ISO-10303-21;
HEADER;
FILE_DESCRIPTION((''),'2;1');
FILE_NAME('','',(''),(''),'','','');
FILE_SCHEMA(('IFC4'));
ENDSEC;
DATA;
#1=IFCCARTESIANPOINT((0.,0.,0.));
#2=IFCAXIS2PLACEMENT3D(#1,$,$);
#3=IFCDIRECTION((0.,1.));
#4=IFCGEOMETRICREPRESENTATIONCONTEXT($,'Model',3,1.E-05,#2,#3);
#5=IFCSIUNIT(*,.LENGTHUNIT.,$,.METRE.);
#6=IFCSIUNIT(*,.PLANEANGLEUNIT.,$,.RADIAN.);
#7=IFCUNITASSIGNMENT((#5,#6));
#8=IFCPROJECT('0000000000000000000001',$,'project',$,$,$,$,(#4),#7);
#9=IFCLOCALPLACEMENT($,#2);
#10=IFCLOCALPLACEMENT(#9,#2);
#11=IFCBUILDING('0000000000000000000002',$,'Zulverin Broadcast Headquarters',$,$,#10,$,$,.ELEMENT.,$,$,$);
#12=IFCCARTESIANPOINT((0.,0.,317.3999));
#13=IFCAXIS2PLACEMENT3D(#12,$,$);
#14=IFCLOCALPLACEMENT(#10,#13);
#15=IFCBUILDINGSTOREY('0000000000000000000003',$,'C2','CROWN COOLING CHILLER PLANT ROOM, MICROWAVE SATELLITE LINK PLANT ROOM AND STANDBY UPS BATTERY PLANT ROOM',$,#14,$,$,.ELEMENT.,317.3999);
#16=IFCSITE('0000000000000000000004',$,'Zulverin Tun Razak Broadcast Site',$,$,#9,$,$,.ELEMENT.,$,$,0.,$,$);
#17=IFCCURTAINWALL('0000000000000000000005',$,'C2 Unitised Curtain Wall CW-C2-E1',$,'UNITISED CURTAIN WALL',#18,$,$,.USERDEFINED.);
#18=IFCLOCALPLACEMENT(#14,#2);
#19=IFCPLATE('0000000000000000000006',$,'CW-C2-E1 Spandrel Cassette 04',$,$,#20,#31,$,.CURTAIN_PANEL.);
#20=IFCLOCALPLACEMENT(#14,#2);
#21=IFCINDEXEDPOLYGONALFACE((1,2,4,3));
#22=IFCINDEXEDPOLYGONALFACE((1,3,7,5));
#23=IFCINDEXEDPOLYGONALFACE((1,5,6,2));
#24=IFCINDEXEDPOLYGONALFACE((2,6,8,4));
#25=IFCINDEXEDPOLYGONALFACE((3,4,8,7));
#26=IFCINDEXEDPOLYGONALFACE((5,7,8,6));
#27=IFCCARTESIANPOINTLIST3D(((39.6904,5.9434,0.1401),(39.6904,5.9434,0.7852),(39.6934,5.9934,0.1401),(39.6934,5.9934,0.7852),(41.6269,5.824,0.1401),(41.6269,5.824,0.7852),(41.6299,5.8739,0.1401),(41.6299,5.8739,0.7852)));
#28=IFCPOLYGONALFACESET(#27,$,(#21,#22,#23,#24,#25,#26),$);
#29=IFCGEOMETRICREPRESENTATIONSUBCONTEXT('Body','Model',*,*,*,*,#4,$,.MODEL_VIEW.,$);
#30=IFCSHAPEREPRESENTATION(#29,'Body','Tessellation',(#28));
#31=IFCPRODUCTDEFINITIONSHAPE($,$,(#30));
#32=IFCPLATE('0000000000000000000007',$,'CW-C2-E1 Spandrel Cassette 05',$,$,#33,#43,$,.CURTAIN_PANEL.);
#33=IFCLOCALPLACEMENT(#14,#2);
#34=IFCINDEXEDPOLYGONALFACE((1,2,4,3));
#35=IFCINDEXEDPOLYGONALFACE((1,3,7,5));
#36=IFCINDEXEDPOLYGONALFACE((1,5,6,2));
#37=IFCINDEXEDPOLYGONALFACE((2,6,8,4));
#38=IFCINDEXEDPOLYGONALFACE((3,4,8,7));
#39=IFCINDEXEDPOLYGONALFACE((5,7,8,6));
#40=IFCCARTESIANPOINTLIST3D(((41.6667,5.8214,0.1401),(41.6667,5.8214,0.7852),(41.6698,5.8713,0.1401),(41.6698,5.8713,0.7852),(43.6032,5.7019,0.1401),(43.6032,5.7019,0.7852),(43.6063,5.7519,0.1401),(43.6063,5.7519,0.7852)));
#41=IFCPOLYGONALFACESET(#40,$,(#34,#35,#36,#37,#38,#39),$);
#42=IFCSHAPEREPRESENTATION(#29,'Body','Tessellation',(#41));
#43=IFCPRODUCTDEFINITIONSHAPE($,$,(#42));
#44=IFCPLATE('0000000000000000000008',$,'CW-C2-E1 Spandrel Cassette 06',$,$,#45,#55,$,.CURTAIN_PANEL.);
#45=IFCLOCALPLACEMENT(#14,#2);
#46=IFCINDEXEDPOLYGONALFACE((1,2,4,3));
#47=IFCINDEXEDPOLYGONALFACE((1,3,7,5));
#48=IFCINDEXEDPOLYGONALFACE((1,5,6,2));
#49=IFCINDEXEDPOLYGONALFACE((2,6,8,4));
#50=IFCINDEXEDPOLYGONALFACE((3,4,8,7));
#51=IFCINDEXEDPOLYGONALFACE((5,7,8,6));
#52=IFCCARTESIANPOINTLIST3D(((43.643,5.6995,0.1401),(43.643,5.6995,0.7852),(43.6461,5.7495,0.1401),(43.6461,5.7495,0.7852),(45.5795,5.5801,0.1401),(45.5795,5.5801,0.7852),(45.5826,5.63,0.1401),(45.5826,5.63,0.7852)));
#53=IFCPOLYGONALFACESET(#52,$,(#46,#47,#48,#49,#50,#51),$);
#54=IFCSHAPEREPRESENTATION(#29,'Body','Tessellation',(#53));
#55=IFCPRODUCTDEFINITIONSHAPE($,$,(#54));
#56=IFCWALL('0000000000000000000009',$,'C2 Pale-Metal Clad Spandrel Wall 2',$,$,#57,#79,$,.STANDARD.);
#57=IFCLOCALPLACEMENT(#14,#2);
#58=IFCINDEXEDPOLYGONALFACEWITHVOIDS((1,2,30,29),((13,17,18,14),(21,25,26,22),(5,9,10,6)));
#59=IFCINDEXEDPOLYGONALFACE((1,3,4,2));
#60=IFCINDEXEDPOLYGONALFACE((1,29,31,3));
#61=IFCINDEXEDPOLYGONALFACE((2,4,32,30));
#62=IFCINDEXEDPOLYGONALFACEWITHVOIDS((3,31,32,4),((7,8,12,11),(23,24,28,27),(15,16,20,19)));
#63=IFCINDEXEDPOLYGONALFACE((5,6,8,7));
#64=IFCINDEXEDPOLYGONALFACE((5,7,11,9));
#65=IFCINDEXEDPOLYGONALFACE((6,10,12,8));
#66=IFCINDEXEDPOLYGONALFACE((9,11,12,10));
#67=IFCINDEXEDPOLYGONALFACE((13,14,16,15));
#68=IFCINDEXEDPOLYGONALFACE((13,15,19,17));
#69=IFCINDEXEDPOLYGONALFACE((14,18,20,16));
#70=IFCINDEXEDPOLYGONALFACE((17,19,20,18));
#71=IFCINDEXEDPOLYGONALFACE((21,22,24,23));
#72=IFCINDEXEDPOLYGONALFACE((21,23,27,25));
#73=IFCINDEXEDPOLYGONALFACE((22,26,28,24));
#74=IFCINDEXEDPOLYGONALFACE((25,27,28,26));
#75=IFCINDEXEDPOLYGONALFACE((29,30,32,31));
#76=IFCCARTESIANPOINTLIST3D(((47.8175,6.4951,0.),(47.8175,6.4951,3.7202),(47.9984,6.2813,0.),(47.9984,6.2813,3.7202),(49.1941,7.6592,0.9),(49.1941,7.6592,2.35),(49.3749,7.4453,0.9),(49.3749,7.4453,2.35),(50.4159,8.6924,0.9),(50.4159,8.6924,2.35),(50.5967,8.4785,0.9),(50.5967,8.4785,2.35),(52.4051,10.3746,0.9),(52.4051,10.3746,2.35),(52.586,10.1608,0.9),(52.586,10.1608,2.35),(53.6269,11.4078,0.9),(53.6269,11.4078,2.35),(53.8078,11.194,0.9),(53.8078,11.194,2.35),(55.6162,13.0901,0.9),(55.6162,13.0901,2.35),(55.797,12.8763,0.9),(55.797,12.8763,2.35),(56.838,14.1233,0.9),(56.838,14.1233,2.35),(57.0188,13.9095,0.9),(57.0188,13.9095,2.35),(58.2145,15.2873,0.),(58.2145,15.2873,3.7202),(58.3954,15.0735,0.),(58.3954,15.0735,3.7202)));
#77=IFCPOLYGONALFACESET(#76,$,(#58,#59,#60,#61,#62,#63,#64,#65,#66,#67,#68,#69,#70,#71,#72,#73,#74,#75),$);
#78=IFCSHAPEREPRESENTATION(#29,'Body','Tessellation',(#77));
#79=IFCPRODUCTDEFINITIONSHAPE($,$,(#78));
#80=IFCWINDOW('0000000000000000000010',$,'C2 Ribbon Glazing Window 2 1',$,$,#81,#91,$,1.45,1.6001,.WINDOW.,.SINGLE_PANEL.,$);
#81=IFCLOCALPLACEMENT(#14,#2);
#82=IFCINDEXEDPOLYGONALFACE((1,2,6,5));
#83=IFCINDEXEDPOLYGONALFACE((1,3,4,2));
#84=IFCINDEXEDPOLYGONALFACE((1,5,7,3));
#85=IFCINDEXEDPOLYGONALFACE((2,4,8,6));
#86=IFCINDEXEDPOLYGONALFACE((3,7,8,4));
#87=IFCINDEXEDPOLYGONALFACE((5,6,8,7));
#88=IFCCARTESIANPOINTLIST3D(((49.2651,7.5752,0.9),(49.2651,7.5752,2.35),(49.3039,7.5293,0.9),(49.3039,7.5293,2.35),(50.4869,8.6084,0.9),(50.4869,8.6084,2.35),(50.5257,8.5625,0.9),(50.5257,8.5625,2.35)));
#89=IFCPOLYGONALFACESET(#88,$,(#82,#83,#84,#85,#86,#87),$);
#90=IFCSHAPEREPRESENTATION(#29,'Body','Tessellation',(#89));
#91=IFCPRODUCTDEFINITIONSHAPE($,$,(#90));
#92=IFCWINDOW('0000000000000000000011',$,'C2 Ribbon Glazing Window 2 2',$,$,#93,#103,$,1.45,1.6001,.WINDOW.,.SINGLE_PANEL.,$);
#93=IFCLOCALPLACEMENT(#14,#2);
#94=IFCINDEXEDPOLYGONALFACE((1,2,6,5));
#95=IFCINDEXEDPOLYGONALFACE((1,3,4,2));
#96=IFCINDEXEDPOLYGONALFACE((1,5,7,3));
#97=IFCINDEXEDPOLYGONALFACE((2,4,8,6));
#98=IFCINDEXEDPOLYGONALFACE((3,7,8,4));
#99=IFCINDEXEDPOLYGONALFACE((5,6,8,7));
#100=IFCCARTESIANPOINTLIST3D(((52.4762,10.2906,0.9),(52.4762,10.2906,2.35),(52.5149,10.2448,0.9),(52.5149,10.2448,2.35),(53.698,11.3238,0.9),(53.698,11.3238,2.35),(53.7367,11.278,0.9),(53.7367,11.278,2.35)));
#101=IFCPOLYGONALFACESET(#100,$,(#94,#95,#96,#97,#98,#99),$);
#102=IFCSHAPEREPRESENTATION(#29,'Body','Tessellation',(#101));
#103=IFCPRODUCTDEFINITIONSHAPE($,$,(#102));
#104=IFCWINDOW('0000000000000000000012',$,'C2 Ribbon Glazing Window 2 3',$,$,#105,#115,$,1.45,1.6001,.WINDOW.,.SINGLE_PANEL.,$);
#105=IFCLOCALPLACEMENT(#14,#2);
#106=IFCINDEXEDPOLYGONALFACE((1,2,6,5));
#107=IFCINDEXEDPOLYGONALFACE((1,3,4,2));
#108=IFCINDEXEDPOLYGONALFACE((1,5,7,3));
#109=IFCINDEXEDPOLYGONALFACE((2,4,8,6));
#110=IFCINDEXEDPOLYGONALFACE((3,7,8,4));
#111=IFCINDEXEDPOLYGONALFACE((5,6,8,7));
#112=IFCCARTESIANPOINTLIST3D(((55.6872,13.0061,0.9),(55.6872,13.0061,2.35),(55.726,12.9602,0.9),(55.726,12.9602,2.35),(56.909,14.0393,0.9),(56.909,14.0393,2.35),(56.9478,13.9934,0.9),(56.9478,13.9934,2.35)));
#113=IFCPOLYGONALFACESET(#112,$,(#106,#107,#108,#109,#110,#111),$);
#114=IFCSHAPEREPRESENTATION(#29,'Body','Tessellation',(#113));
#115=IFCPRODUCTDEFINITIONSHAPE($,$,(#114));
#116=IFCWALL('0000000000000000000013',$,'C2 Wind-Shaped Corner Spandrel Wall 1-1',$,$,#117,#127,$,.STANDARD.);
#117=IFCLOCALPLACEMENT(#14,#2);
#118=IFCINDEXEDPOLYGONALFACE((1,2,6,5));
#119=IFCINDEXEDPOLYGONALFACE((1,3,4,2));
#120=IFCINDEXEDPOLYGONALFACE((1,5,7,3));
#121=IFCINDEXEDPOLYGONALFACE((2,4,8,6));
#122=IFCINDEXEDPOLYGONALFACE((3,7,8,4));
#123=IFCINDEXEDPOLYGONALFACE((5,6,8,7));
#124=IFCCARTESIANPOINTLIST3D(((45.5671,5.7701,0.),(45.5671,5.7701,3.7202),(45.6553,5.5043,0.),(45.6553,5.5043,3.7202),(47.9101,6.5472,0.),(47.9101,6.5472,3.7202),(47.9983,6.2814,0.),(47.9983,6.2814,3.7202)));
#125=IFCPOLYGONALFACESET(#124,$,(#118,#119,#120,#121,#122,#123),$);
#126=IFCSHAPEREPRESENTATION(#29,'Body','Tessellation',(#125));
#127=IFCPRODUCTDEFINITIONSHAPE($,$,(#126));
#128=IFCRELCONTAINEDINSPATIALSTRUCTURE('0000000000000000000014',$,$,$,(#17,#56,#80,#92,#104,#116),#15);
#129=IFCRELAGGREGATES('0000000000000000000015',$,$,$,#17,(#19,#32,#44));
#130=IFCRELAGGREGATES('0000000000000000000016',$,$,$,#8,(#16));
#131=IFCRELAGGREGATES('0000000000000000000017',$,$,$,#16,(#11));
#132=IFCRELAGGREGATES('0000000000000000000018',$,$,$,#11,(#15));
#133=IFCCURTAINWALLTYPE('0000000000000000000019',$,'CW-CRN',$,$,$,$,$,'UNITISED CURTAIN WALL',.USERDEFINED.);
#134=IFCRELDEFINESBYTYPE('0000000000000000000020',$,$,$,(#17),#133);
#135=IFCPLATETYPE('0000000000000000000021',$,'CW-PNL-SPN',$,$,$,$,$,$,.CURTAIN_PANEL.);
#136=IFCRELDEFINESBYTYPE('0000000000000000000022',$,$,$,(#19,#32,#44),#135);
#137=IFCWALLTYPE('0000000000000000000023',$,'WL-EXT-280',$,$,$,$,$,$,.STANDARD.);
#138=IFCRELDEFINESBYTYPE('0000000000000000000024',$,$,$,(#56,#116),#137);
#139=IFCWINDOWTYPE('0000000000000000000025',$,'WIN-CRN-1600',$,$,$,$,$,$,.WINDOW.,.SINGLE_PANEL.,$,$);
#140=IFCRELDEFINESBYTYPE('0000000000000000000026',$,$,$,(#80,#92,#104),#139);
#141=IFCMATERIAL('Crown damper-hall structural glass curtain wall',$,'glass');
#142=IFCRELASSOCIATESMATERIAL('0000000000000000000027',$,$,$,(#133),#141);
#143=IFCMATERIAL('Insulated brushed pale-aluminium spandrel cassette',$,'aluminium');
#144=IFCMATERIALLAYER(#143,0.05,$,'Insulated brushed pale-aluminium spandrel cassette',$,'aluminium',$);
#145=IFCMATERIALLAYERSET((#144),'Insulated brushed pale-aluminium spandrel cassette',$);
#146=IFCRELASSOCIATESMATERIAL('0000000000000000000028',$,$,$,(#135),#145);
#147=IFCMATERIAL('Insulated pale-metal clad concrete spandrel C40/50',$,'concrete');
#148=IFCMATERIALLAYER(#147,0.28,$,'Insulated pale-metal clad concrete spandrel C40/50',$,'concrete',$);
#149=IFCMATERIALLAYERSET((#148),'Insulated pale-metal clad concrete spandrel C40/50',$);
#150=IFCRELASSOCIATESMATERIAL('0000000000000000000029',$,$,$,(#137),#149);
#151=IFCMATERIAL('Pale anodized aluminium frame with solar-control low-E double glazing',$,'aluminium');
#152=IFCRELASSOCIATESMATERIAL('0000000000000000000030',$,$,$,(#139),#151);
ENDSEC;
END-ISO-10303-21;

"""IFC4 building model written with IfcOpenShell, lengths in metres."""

from ifc_helpers import new_model, si_unit, direction, frame, frame_2d, origin, origin_2d, place, context, subcontext, project, spatial, rectangle, extrude, material, layer, layer_set, type_object, element, fill, aggregate, save


model = new_model("IFC4")

# Units and contexts
model_context = context("Model", 3, precision=1e-05, world=origin(), true_north=direction((0.0, 1.0)))
body_context = subcontext(model_context, "Body", "Model", "MODEL_VIEW")
ifc_project = project(units=[si_unit("LENGTHUNIT", "METRE"), si_unit("PLANEANGLEUNIT", "RADIAN")], contexts=[model_context])

# Site, building, storey
site_placement = place(None, origin())
site = spatial("IfcSite", under=ifc_project, at=site_placement, Name="Zulverin Tun Razak Broadcast Site", CompositionType="ELEMENT", RefElevation=0.0)
building_placement = place(site_placement, origin())
building = spatial("IfcBuilding", under=site, at=building_placement, Name="Zulverin Broadcast Headquarters", CompositionType="ELEMENT")
storey_placement = place(building_placement, frame((0.0, 0.0, 317.3999)))
storey = spatial("IfcBuildingStorey", under=building, at=storey_placement, Name="C2", Description="CROWN COOLING CHILLER PLANT ROOM, MICROWAVE SATELLITE LINK PLANT ROOM AND STANDBY UPS BATTERY PLANT ROOM", CompositionType="ELEMENT", Elevation=317.3999)

# Curtain wall, plates
ifc_material_1 = material(Name="Crown damper-hall structural glass curtain wall", Category="glass")
curtain_wall_type = type_object("IfcCurtainWallType", Name="CW-CRN", ElementType="UNITISED CURTAIN WALL", PredefinedType="USERDEFINED", material=ifc_material_1)
curtain_wall_placement = place(storey_placement, origin())
curtain_wall = element("IfcCurtainWall", 1, at=curtain_wall_placement, inside=storey, type_object=curtain_wall_type, Name="C2 Unitised Curtain Wall CW-C2-E1", ObjectType="UNITISED CURTAIN WALL", PredefinedType="USERDEFINED")
ifc_material_2 = material(Name="Insulated brushed pale-aluminium spandrel cassette", Category="aluminium")
ifc_layer_1 = layer(ifc_material_2, 0.05, Name="Insulated brushed pale-aluminium spandrel cassette", Category="aluminium")
ifc_layer_set_1 = layer_set([ifc_layer_1], Name="Insulated brushed pale-aluminium spandrel cassette")
plate_type_1 = type_object("IfcPlateType", Name="CW-PNL-SPN", PredefinedType="CURTAIN_PANEL", material=ifc_layer_set_1)
plate_1_placement = place(storey_placement, frame((40.6602, 5.9087, 0.1401), z_axis=(0.0, 0.0, 1.0), x_axis=(0.998103, -0.061571, 0.0)))
plate_1 = element("IfcPlate", 2, at=plate_1_placement, type_object=plate_type_1, Name="CW-C2-E1 Spandrel Cassette 04", PredefinedType="CURTAIN_PANEL", context=body_context, shape_type="SweptSolid", body=[
    extrude(rectangle(XDim=1.9402, YDim=0.05, at=origin_2d()), origin(), (0.0, 0.0, 1.0), 0.645),
])
plate_2_placement = place(storey_placement, frame((42.6365, 5.7866, 0.1401), z_axis=(0.0, 0.0, 1.0), x_axis=(0.998103, -0.061571, 0.0)))
plate_2 = element("IfcPlate", 3, at=plate_2_placement, type_object=plate_type_1, Name="CW-C2-E1 Spandrel Cassette 05", PredefinedType="CURTAIN_PANEL", context=body_context, shape_type="SweptSolid", body=[
    extrude(rectangle(XDim=1.9402, YDim=0.05, at=origin_2d()), origin(), (0.0, 0.0, 1.0), 0.645),
])
plate_3_placement = place(storey_placement, frame((44.6128, 5.6648, 0.1401), z_axis=(0.0, 0.0, 1.0), x_axis=(0.998103, -0.061571, 0.0)))
plate_3 = element("IfcPlate", 4, at=plate_3_placement, type_object=plate_type_1, Name="CW-C2-E1 Spandrel Cassette 06", PredefinedType="CURTAIN_PANEL", context=body_context, shape_type="SweptSolid", body=[
    extrude(rectangle(XDim=1.9402, YDim=0.05, at=origin_2d()), origin(), (0.0, 0.0, 1.0), 0.645),
])
aggregate(curtain_wall, [plate_1, plate_2, plate_3])

# Wall, openings, windows
ifc_material_3 = material(Name="Insulated pale-metal clad concrete spandrel C40/50", Category="concrete")
ifc_layer_2 = layer(ifc_material_3, 0.28, Name="Insulated pale-metal clad concrete spandrel C40/50", Category="concrete")
ifc_layer_set_2 = layer_set([ifc_layer_2], Name="Insulated pale-metal clad concrete spandrel C40/50")
wall_type = type_object("IfcWallType", Name="WL-EXT-280", PredefinedType="STANDARD", material=ifc_layer_set_2)
wall_1_placement = place(storey_placement, frame((47.908, 6.3882, 0.0), z_axis=(0.0, 0.0, 1.0), x_axis=(0.763575, 0.64572, 0.0)))
wall_1 = element("IfcWall", 5, at=wall_1_placement, inside=storey, type_object=wall_type, Name="C2 Pale-Metal Clad Spandrel Wall 2", PredefinedType="STANDARD", context=body_context, shape_type="SweptSolid", body=[
    extrude(rectangle(XDim=13.6162, YDim=0.28, at=frame_2d((6.8081, 0.0))), origin(), (0.0, 0.0, 1.0), 3.7202),
])
opening_1_placement = place(wall_1_placement, frame((1.8027, 0.0, 0.8999)))
opening_1 = element("IfcOpeningElement", 6, at=opening_1_placement, cuts=wall_1, PredefinedType="OPENING", context=body_context, shape_type="SweptSolid", body=[
    extrude(rectangle(XDim=1.6001, YDim=1.45, at=frame_2d((0.8, 0.7251))), frame((0.0, 0.1499, 0.0), z_axis=(0.0, -1.0, 0.0), x_axis=(1.0, 0.0, 0.0)), (0.0, 0.0, 1.0), 0.3),
])
opening_2_placement = place(wall_1_placement, frame((6.0081, 0.0, 0.8999)))
opening_2 = element("IfcOpeningElement", 7, at=opening_2_placement, cuts=wall_1, PredefinedType="OPENING", context=body_context, shape_type="SweptSolid", body=[
    extrude(rectangle(XDim=1.6001, YDim=1.45, at=frame_2d((0.8, 0.7251))), frame((0.0, 0.1499, 0.0), z_axis=(0.0, -1.0, 0.0), x_axis=(1.0, 0.0, 0.0)), (0.0, 0.0, 1.0), 0.3),
])
opening_3_placement = place(wall_1_placement, frame((10.2134, 0.0, 0.8999)))
opening_3 = element("IfcOpeningElement", 8, at=opening_3_placement, cuts=wall_1, PredefinedType="OPENING", context=body_context, shape_type="SweptSolid", body=[
    extrude(rectangle(XDim=1.6001, YDim=1.45, at=frame_2d((0.8, 0.7251))), frame((0.0, 0.1499, 0.0), z_axis=(0.0, -1.0, 0.0), x_axis=(1.0, 0.0, 0.0)), (0.0, 0.0, 1.0), 0.3),
])
ifc_material_4 = material(Name="Pale anodized aluminium frame with solar-control low-E double glazing", Category="aluminium")
window_type = type_object("IfcWindowType", Name="WIN-CRN-1600", PartitioningType="SINGLE_PANEL", PredefinedType="WINDOW", material=ifc_material_4)
window_1_placement = place(opening_1_placement, origin())
window_1 = element("IfcWindow", 9, at=window_1_placement, inside=storey, type_object=window_type, Name="C2 Ribbon Glazing Window 2 1", OverallHeight=1.45, OverallWidth=1.6001, PartitioningType="SINGLE_PANEL", PredefinedType="WINDOW", context=body_context, shape_type="SweptSolid", body=[
    extrude(rectangle(XDim=1.6001, YDim=1.45, at=frame_2d((0.8, 0.7251))), frame((0.0, 0.03, 0.0), z_axis=(0.0, -1.0, 0.0), x_axis=(1.0, 0.0, 0.0)), (0.0, 0.0, 1.0), 0.0601),
])
fill(opening_1, window_1)
window_2_placement = place(opening_2_placement, origin())
window_2 = element("IfcWindow", 10, at=window_2_placement, inside=storey, type_object=window_type, Name="C2 Ribbon Glazing Window 2 2", OverallHeight=1.45, OverallWidth=1.6001, PartitioningType="SINGLE_PANEL", PredefinedType="WINDOW", context=body_context, shape_type="SweptSolid", body=[
    extrude(rectangle(XDim=1.6001, YDim=1.45, at=frame_2d((0.8, 0.7251))), frame((0.0, 0.03, 0.0), z_axis=(0.0, -1.0, 0.0), x_axis=(1.0, 0.0, 0.0)), (0.0, 0.0, 1.0), 0.0601),
])
fill(opening_2, window_2)
window_3_placement = place(opening_3_placement, origin())
window_3 = element("IfcWindow", 11, at=window_3_placement, inside=storey, type_object=window_type, Name="C2 Ribbon Glazing Window 2 3", OverallHeight=1.45, OverallWidth=1.6001, PartitioningType="SINGLE_PANEL", PredefinedType="WINDOW", context=body_context, shape_type="SweptSolid", body=[
    extrude(rectangle(XDim=1.6001, YDim=1.45, at=frame_2d((0.8, 0.7251))), frame((0.0, 0.03, 0.0), z_axis=(0.0, -1.0, 0.0), x_axis=(1.0, 0.0, 0.0)), (0.0, 0.0, 1.0), 0.0601),
])
fill(opening_3, window_3)

# Wall
wall_2_placement = place(storey_placement, frame((45.6111, 5.6372, 0.0), z_axis=(0.0, 0.0, 1.0), x_axis=(0.949157, 0.314803, 0.0)))
element("IfcWall", 12, at=wall_2_placement, inside=storey, type_object=wall_type, Name="C2 Wind-Shaped Corner Spandrel Wall 1-1", PredefinedType="STANDARD", context=body_context, shape_type="SweptSolid", body=[
    extrude(rectangle(XDim=2.4685, YDim=0.28, at=frame_2d((1.2344, 0.0))), origin(), (0.0, 0.0, 1.0), 3.7202),
])

save(model, "model.ifc")
